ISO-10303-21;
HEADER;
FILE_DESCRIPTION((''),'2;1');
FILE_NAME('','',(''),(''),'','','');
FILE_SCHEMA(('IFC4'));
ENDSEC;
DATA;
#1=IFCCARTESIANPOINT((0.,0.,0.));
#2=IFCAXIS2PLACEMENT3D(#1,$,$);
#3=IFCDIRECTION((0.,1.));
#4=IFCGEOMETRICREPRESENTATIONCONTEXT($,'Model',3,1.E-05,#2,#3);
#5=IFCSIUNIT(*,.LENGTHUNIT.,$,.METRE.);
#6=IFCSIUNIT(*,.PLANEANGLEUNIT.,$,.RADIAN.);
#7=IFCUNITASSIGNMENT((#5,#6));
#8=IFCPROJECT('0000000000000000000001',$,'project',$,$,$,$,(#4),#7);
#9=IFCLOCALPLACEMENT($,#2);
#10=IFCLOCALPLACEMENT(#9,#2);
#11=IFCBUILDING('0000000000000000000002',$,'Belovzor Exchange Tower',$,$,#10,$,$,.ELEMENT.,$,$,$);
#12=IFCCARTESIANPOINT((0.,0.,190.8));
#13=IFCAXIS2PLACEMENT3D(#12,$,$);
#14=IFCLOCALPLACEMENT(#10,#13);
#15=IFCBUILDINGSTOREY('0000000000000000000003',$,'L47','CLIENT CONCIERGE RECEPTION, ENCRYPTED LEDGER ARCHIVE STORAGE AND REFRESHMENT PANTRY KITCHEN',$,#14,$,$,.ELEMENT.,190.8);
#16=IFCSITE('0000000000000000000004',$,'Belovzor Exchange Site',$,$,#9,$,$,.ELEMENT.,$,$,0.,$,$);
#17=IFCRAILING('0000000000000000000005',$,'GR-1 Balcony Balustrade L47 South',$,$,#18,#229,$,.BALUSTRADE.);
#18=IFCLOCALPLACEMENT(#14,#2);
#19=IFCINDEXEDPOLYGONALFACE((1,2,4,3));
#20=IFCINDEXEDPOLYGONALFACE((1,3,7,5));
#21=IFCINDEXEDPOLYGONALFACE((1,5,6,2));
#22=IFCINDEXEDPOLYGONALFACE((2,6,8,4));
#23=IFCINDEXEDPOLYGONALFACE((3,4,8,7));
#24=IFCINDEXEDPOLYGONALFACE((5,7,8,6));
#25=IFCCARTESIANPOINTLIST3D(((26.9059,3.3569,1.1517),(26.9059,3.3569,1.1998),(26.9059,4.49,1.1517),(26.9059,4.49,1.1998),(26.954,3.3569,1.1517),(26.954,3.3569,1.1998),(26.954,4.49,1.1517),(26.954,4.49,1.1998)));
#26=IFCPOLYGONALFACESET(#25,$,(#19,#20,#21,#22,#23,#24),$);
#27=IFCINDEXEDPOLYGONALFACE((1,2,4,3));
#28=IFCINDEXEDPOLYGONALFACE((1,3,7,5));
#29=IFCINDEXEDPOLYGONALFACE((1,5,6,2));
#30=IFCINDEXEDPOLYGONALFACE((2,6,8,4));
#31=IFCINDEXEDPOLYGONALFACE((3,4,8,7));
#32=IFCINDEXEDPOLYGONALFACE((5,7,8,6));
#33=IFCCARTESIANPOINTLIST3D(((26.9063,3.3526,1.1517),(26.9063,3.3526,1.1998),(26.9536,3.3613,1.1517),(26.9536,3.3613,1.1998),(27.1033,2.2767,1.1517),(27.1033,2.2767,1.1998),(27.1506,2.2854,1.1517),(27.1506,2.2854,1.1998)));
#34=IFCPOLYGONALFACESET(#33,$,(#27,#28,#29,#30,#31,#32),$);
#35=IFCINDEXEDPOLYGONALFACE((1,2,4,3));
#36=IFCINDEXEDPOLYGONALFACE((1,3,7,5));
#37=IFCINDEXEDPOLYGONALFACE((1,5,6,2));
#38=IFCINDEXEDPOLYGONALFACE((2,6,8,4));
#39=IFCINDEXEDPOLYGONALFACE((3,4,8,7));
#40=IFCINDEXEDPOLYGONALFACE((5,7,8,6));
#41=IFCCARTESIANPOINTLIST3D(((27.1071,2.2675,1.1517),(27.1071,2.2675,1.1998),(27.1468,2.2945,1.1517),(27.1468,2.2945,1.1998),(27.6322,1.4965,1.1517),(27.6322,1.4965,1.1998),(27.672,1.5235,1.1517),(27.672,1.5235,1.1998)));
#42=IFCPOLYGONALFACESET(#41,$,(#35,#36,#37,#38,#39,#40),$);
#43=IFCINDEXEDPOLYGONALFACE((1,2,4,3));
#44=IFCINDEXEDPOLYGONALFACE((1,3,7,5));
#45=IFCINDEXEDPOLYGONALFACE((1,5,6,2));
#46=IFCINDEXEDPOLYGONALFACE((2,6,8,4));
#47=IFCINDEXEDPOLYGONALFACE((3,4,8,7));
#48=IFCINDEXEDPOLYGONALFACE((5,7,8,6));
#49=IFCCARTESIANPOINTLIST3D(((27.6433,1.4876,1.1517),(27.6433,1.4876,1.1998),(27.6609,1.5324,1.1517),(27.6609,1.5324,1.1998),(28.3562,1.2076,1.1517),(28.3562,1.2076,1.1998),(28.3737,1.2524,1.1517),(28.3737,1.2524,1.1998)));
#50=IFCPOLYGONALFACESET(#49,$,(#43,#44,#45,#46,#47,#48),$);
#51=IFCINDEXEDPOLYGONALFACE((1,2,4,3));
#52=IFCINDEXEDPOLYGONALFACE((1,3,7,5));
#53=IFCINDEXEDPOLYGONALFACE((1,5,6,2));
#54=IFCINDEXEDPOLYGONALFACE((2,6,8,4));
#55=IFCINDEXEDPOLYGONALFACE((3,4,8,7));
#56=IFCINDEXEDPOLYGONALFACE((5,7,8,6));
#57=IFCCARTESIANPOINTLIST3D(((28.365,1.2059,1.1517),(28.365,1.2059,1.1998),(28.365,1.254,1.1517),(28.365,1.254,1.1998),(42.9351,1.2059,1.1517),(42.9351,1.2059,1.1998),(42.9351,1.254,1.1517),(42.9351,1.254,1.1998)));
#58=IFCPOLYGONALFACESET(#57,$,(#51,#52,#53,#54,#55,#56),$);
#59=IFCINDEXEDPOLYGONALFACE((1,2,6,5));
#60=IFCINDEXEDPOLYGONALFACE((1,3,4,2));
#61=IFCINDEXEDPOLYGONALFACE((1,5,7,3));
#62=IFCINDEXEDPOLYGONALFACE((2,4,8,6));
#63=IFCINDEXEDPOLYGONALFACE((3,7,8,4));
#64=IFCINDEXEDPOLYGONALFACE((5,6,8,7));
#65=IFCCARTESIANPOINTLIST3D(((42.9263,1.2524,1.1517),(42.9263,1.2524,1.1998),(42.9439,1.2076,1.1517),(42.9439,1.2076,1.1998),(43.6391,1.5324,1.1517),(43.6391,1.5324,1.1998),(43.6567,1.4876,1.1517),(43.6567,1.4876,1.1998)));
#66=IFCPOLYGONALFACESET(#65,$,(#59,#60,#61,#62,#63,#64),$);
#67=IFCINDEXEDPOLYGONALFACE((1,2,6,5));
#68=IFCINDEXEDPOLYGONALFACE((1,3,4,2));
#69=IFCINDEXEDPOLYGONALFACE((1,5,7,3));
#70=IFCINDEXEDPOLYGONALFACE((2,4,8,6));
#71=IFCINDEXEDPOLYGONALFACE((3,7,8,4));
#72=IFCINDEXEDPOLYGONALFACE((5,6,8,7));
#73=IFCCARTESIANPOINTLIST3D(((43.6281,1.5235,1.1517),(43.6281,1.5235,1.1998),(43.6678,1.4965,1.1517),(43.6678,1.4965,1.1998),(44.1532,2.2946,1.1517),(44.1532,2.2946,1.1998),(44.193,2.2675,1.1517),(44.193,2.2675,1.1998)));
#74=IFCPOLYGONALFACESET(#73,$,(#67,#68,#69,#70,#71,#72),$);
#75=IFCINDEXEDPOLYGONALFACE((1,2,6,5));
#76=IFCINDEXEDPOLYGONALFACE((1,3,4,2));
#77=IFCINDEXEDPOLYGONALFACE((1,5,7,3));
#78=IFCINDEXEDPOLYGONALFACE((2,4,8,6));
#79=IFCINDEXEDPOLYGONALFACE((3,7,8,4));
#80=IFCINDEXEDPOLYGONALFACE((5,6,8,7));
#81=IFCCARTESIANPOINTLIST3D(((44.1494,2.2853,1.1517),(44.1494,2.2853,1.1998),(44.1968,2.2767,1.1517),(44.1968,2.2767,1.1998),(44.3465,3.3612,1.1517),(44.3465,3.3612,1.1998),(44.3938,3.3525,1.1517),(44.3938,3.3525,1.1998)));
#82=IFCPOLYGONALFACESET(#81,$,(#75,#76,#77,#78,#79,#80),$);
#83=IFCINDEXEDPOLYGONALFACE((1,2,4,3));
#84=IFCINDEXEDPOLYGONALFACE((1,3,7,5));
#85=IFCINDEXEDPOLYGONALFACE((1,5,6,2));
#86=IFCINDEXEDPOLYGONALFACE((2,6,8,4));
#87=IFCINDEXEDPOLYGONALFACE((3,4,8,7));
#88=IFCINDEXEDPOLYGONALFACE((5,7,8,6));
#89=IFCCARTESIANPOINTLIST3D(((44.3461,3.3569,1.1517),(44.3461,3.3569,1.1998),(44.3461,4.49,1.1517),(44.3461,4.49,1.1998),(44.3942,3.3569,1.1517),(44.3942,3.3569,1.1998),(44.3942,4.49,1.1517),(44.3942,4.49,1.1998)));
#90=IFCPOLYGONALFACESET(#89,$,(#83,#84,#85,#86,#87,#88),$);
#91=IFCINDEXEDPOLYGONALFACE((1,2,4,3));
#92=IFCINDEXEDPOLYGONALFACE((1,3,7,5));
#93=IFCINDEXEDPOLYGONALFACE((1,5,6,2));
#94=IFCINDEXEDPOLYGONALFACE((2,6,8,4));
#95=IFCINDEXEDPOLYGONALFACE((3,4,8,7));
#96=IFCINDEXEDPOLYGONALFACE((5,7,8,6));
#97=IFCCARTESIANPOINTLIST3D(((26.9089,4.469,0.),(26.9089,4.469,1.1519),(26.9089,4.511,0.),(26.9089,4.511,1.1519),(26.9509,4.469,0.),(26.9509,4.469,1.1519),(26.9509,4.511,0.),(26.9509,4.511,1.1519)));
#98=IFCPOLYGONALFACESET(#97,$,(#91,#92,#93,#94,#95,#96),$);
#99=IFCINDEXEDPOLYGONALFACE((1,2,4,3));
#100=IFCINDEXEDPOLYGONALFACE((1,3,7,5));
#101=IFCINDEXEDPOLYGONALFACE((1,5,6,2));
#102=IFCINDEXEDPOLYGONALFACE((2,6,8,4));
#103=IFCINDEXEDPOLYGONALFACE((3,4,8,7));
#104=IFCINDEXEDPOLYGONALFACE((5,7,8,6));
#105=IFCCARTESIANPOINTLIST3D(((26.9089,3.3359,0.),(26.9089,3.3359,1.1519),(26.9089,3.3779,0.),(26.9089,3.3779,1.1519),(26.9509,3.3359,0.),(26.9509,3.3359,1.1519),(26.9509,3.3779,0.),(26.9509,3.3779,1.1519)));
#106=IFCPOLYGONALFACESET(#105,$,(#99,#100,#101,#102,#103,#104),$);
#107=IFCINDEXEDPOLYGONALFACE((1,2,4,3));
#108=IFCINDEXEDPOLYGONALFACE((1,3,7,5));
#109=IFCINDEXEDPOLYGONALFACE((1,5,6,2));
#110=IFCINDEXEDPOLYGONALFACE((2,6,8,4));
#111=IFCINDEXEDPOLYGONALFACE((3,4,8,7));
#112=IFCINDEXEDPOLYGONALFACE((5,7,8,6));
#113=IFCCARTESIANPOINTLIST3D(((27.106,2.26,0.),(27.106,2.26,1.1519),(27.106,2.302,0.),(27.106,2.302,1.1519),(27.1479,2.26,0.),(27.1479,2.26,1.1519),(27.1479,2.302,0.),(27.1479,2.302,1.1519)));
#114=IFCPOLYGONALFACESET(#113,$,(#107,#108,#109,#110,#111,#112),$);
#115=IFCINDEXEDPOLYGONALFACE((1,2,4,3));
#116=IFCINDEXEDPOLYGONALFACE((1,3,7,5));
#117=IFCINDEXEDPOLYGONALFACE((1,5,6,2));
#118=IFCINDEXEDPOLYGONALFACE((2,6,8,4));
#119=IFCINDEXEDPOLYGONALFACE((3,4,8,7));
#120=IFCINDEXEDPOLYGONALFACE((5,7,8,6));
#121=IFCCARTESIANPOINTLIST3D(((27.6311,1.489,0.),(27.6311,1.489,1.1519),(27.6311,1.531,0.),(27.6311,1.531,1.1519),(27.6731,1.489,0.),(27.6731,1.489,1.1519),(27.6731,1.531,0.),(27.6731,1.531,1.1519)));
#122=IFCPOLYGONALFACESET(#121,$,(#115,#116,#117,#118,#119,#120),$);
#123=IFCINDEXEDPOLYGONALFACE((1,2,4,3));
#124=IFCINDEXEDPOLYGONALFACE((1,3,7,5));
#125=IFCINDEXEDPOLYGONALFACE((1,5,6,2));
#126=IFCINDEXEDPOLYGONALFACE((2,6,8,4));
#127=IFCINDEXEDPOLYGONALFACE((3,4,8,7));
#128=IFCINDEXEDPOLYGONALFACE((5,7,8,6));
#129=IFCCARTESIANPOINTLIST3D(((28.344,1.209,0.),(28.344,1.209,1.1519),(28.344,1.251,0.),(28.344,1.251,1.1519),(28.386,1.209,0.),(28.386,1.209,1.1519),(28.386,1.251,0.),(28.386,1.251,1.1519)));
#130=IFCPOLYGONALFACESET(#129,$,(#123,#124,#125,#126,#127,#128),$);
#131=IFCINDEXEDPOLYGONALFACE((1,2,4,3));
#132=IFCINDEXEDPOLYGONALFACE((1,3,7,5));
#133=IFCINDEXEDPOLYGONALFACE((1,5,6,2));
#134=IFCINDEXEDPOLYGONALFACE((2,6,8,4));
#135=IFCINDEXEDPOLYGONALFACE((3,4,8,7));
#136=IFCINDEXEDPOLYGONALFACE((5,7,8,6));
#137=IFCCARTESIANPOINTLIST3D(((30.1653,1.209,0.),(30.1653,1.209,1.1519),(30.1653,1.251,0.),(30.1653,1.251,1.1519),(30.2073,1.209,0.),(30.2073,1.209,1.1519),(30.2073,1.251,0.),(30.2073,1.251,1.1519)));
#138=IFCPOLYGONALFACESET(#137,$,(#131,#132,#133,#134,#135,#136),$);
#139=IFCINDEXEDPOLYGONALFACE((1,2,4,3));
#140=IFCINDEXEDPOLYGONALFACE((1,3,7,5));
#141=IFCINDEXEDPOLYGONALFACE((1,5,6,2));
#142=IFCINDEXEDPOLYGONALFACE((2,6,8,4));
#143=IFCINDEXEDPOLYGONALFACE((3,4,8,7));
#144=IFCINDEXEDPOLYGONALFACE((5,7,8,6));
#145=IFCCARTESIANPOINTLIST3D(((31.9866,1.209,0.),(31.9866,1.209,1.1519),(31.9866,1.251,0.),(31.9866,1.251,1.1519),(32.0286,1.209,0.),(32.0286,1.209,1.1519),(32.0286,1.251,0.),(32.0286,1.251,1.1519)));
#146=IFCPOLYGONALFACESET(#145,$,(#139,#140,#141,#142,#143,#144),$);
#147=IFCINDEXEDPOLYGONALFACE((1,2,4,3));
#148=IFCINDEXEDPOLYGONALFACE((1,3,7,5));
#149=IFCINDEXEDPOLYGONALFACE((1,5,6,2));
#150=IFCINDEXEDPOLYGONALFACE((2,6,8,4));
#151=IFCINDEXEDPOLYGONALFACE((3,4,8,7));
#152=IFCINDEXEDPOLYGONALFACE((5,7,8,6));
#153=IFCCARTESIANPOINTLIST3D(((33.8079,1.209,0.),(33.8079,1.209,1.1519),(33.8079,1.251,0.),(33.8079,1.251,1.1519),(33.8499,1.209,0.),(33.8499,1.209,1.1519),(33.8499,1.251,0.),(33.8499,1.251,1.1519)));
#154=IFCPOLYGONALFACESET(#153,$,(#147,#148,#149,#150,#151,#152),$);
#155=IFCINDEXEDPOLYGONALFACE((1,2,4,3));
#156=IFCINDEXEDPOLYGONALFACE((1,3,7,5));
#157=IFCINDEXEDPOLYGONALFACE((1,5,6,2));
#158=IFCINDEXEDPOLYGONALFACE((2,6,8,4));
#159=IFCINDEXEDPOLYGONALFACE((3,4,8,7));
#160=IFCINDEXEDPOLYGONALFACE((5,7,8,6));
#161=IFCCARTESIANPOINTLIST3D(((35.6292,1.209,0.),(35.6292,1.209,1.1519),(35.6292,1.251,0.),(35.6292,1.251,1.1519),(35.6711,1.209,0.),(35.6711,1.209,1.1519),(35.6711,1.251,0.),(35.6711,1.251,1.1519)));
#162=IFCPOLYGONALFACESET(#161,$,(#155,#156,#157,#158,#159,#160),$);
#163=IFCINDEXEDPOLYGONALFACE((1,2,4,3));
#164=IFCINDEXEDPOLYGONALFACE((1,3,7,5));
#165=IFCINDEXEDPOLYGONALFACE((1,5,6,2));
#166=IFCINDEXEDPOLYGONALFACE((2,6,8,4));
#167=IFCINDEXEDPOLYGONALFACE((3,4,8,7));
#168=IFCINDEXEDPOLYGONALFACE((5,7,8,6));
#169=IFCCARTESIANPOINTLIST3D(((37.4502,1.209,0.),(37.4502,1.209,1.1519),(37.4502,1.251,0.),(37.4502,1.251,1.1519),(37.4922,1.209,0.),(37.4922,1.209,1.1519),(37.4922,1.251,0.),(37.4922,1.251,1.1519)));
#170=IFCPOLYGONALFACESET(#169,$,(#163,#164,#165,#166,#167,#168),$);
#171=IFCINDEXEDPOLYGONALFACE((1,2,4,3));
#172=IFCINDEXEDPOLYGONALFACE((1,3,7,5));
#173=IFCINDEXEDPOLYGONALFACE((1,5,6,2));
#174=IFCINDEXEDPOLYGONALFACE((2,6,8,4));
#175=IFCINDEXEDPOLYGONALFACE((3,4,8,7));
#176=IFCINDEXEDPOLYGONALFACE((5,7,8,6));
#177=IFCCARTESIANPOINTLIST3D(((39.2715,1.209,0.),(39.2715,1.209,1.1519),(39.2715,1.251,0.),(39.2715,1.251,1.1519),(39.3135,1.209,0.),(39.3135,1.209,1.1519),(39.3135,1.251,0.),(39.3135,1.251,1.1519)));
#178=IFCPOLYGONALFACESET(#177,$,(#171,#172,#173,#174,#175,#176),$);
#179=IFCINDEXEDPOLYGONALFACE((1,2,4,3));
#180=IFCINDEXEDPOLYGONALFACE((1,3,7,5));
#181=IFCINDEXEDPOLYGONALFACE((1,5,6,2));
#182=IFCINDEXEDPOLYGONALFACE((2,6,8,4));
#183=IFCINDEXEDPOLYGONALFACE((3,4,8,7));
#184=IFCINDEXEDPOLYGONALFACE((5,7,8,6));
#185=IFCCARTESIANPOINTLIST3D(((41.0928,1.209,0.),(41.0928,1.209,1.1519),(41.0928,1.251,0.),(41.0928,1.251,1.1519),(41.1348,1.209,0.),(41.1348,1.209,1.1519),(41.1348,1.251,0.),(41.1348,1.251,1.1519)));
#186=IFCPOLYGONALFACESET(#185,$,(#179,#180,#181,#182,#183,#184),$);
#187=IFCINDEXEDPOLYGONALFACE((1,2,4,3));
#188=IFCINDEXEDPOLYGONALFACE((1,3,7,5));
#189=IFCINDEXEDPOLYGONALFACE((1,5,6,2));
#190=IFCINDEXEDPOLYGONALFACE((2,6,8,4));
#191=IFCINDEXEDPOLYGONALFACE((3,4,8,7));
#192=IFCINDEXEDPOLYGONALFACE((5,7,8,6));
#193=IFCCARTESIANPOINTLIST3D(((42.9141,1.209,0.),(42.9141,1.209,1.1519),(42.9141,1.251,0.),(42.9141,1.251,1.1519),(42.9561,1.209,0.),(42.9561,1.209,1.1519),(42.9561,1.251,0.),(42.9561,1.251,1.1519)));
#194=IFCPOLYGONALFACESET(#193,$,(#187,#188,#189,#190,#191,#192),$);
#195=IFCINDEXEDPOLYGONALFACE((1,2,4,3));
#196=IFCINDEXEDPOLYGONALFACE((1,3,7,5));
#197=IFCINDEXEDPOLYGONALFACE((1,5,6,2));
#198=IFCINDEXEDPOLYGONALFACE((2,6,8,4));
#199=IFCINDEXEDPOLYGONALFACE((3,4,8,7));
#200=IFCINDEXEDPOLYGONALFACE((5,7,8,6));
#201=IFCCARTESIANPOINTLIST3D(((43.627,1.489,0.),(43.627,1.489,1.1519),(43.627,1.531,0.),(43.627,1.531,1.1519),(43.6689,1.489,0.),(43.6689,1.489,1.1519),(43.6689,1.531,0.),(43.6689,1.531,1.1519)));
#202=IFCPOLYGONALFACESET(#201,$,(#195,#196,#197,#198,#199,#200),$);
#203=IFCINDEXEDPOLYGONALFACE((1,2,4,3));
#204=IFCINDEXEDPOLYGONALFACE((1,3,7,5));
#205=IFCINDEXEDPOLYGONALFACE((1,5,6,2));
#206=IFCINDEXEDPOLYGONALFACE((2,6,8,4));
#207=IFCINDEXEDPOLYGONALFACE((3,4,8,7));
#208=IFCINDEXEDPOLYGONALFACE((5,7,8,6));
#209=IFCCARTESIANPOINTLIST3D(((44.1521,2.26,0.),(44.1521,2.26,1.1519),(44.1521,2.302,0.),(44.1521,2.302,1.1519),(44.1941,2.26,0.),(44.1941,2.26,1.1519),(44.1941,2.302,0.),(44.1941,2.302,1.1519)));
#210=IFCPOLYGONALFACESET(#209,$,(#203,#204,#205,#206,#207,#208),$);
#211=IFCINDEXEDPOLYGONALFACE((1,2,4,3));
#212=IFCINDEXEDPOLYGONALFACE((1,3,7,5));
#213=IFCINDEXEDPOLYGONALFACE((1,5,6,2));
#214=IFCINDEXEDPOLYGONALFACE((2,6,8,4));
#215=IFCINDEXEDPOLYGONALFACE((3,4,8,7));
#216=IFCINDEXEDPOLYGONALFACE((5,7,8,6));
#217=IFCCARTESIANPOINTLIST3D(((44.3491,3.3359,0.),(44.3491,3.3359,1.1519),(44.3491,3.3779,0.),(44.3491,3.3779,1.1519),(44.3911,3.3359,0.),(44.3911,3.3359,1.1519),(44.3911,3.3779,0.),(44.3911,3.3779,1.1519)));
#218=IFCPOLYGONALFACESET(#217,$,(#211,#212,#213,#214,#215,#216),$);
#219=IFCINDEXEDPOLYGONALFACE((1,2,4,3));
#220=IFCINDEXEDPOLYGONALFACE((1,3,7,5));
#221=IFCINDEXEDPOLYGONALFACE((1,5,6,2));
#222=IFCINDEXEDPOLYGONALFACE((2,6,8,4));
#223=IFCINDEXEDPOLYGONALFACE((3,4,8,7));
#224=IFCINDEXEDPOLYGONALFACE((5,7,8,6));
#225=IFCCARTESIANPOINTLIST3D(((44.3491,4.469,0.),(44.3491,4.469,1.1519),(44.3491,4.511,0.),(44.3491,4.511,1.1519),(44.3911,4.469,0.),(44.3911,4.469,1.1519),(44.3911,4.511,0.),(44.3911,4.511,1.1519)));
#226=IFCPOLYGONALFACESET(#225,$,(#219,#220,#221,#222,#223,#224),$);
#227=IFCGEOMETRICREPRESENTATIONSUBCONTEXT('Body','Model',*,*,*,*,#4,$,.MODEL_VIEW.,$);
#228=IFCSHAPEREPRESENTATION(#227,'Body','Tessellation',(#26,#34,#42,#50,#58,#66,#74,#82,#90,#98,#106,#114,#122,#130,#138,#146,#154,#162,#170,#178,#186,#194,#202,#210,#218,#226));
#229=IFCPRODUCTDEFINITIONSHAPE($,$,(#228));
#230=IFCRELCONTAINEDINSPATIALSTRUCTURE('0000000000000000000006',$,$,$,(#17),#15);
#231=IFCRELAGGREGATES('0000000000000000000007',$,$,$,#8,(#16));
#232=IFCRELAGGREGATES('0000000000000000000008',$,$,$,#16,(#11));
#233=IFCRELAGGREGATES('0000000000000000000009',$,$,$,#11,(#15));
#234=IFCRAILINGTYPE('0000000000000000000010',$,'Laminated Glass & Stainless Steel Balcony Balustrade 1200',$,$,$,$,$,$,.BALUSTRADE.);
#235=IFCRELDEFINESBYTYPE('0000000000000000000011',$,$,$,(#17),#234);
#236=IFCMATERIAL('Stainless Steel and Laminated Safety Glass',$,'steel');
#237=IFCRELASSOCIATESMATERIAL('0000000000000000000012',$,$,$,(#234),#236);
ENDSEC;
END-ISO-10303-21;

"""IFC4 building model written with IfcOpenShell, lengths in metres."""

from ifc_helpers import new_model, si_unit, direction, frame, origin, origin_2d, place, context, subcontext, project, spatial, rectangle, extrude, material, type_object, element, save


model = new_model("IFC4")

# Units and contexts
model_context = context("Model", 3, precision=1e-05, world=origin(), true_north=direction((0.0, 1.0)))
body_context = subcontext(model_context, "Body", "Model", "MODEL_VIEW")
ifc_project = project(units=[si_unit("LENGTHUNIT", "METRE"), si_unit("PLANEANGLEUNIT", "RADIAN")], contexts=[model_context])

# Site, building, storey
site_placement = place(None, origin())
site = spatial("IfcSite", under=ifc_project, at=site_placement, Name="Belovzor Exchange Site", CompositionType="ELEMENT", RefElevation=0.0)
building_placement = place(site_placement, origin())
building = spatial("IfcBuilding", under=site, at=building_placement, Name="Belovzor Exchange Tower", CompositionType="ELEMENT")
storey_placement = place(building_placement, frame((0.0, 0.0, 190.8)))
storey = spatial("IfcBuildingStorey", under=building, at=storey_placement, Name="L47", Description="CLIENT CONCIERGE RECEPTION, ENCRYPTED LEDGER ARCHIVE STORAGE AND REFRESHMENT PANTRY KITCHEN", CompositionType="ELEMENT", Elevation=190.8)

# Railing
ifc_material_1 = material(Name="Stainless Steel and Laminated Safety Glass", Category="steel")
railing_type = type_object("IfcRailingType", Name="Laminated Glass & Stainless Steel Balcony Balustrade 1200", PredefinedType="BALUSTRADE", material=ifc_material_1)
railing_placement = place(storey_placement, frame((26.9299, 4.49, 0.0)))
element("IfcRailing", 1, at=railing_placement, inside=storey, type_object=railing_type, Name="GR-1 Balcony Balustrade L47 South", PredefinedType="BALUSTRADE", context=body_context, shape_type="SweptSolid", body=[
    extrude(rectangle(XDim=0.0481, YDim=0.0481, at=origin_2d()), frame((0.0, 0.0, 1.1758), z_axis=(0.0, -1.0, 0.0), x_axis=(1.0, 0.0, 0.0)), (0.0, 0.0, 1.0), 1.1331),
    extrude(rectangle(XDim=0.0481, YDim=0.0481, at=origin_2d()), frame((0.0, -1.1331, 1.1758), z_axis=(0.180123, -0.983644, 0.0), x_axis=(0.983644, 0.180123, 0.0)), (0.0, 0.0, 1.0), 1.0938),
    extrude(rectangle(XDim=0.0481, YDim=0.0481, at=origin_2d()), frame((0.197, -2.209, 1.1758), z_axis=(0.562947, -0.826493, 0.0), x_axis=(0.826493, 0.562947, 0.0)), (0.0, 0.0, 1.0), 0.9329),
    extrude(rectangle(XDim=0.0481, YDim=0.0481, at=origin_2d()), frame((0.7222, -2.98, 1.1758), z_axis=(0.930767, -0.365613, 0.0), x_axis=(0.365613, 0.930767, 0.0)), (0.0, 0.0, 1.0), 0.7659),
    extrude(rectangle(XDim=0.0481, YDim=0.0481, at=origin_2d()), frame((1.4351, -3.26, 1.1758), z_axis=(1.0, 0.0, 0.0), x_axis=(0.0, 1.0, 0.0)), (0.0, 0.0, 1.0), 14.5701),
    extrude(rectangle(XDim=0.0481, YDim=0.0481, at=origin_2d()), frame((16.0051, -3.26, 1.1758), z_axis=(0.930767, 0.365613, 0.0), x_axis=(-0.365613, 0.930767, 0.0)), (0.0, 0.0, 1.0), 0.7659),
    extrude(rectangle(XDim=0.0481, YDim=0.0481, at=origin_2d()), frame((16.718, -2.98, 1.1758), z_axis=(0.562947, 0.826493, 0.0), x_axis=(-0.826493, 0.562947, 0.0)), (0.0, 0.0, 1.0), 0.9329),
    extrude(rectangle(XDim=0.0481, YDim=0.0481, at=origin_2d()), frame((17.2432, -2.209, 1.1758), z_axis=(0.180123, 0.983644, 0.0), x_axis=(-0.983644, 0.180123, 0.0)), (0.0, 0.0, 1.0), 1.0938),
    extrude(rectangle(XDim=0.0481, YDim=0.0481, at=origin_2d()), frame((17.4402, -1.1331, 1.1758), z_axis=(0.0, 1.0, 0.0), x_axis=(-1.0, 0.0, 0.0)), (0.0, 0.0, 1.0), 1.1331),
    extrude(rectangle(XDim=0.042, YDim=0.042, at=origin_2d()), origin(), (0.0, 0.0, 1.0), 1.1519),
    extrude(rectangle(XDim=0.042, YDim=0.042, at=origin_2d()), frame((0.0, -1.1331, 0.0)), (0.0, 0.0, 1.0), 1.1519),
    extrude(rectangle(XDim=0.042, YDim=0.042, at=origin_2d()), frame((0.197, -2.209, 0.0)), (0.0, 0.0, 1.0), 1.1519),
    extrude(rectangle(XDim=0.042, YDim=0.042, at=origin_2d()), frame((0.7222, -2.98, 0.0)), (0.0, 0.0, 1.0), 1.1519),
    extrude(rectangle(XDim=0.042, YDim=0.042, at=origin_2d()), frame((1.4351, -3.26, 0.0)), (0.0, 0.0, 1.0), 1.1519),
    extrude(rectangle(XDim=0.042, YDim=0.042, at=origin_2d()), frame((3.2563, -3.26, 0.0)), (0.0, 0.0, 1.0), 1.1519),
    extrude(rectangle(XDim=0.042, YDim=0.042, at=origin_2d()), frame((5.0776, -3.26, 0.0)), (0.0, 0.0, 1.0), 1.1519),
    extrude(rectangle(XDim=0.042, YDim=0.042, at=origin_2d()), frame((6.8989, -3.26, 0.0)), (0.0, 0.0, 1.0), 1.1519),
    extrude(rectangle(XDim=0.042, YDim=0.042, at=origin_2d()), frame((8.7202, -3.26, 0.0)), (0.0, 0.0, 1.0), 1.1519),
    extrude(rectangle(XDim=0.042, YDim=0.042, at=origin_2d()), frame((10.5413, -3.26, 0.0)), (0.0, 0.0, 1.0), 1.1519),
    extrude(rectangle(XDim=0.042, YDim=0.042, at=origin_2d()), frame((12.3625, -3.26, 0.0)), (0.0, 0.0, 1.0), 1.1519),
    extrude(rectangle(XDim=0.042, YDim=0.042, at=origin_2d()), frame((14.1838, -3.26, 0.0)), (0.0, 0.0, 1.0), 1.1519),
    extrude(rectangle(XDim=0.042, YDim=0.042, at=origin_2d()), frame((16.0051, -3.26, 0.0)), (0.0, 0.0, 1.0), 1.1519),
    extrude(rectangle(XDim=0.042, YDim=0.042, at=origin_2d()), frame((16.718, -2.98, 0.0)), (0.0, 0.0, 1.0), 1.1519),
    extrude(rectangle(XDim=0.042, YDim=0.042, at=origin_2d()), frame((17.2432, -2.209, 0.0)), (0.0, 0.0, 1.0), 1.1519),
    extrude(rectangle(XDim=0.042, YDim=0.042, at=origin_2d()), frame((17.4402, -1.1331, 0.0)), (0.0, 0.0, 1.0), 1.1519),
    extrude(rectangle(XDim=0.042, YDim=0.042, at=origin_2d()), frame((17.4402, 0.0, 0.0)), (0.0, 0.0, 1.0), 1.1519),
])

save(model, "model.ifc")
